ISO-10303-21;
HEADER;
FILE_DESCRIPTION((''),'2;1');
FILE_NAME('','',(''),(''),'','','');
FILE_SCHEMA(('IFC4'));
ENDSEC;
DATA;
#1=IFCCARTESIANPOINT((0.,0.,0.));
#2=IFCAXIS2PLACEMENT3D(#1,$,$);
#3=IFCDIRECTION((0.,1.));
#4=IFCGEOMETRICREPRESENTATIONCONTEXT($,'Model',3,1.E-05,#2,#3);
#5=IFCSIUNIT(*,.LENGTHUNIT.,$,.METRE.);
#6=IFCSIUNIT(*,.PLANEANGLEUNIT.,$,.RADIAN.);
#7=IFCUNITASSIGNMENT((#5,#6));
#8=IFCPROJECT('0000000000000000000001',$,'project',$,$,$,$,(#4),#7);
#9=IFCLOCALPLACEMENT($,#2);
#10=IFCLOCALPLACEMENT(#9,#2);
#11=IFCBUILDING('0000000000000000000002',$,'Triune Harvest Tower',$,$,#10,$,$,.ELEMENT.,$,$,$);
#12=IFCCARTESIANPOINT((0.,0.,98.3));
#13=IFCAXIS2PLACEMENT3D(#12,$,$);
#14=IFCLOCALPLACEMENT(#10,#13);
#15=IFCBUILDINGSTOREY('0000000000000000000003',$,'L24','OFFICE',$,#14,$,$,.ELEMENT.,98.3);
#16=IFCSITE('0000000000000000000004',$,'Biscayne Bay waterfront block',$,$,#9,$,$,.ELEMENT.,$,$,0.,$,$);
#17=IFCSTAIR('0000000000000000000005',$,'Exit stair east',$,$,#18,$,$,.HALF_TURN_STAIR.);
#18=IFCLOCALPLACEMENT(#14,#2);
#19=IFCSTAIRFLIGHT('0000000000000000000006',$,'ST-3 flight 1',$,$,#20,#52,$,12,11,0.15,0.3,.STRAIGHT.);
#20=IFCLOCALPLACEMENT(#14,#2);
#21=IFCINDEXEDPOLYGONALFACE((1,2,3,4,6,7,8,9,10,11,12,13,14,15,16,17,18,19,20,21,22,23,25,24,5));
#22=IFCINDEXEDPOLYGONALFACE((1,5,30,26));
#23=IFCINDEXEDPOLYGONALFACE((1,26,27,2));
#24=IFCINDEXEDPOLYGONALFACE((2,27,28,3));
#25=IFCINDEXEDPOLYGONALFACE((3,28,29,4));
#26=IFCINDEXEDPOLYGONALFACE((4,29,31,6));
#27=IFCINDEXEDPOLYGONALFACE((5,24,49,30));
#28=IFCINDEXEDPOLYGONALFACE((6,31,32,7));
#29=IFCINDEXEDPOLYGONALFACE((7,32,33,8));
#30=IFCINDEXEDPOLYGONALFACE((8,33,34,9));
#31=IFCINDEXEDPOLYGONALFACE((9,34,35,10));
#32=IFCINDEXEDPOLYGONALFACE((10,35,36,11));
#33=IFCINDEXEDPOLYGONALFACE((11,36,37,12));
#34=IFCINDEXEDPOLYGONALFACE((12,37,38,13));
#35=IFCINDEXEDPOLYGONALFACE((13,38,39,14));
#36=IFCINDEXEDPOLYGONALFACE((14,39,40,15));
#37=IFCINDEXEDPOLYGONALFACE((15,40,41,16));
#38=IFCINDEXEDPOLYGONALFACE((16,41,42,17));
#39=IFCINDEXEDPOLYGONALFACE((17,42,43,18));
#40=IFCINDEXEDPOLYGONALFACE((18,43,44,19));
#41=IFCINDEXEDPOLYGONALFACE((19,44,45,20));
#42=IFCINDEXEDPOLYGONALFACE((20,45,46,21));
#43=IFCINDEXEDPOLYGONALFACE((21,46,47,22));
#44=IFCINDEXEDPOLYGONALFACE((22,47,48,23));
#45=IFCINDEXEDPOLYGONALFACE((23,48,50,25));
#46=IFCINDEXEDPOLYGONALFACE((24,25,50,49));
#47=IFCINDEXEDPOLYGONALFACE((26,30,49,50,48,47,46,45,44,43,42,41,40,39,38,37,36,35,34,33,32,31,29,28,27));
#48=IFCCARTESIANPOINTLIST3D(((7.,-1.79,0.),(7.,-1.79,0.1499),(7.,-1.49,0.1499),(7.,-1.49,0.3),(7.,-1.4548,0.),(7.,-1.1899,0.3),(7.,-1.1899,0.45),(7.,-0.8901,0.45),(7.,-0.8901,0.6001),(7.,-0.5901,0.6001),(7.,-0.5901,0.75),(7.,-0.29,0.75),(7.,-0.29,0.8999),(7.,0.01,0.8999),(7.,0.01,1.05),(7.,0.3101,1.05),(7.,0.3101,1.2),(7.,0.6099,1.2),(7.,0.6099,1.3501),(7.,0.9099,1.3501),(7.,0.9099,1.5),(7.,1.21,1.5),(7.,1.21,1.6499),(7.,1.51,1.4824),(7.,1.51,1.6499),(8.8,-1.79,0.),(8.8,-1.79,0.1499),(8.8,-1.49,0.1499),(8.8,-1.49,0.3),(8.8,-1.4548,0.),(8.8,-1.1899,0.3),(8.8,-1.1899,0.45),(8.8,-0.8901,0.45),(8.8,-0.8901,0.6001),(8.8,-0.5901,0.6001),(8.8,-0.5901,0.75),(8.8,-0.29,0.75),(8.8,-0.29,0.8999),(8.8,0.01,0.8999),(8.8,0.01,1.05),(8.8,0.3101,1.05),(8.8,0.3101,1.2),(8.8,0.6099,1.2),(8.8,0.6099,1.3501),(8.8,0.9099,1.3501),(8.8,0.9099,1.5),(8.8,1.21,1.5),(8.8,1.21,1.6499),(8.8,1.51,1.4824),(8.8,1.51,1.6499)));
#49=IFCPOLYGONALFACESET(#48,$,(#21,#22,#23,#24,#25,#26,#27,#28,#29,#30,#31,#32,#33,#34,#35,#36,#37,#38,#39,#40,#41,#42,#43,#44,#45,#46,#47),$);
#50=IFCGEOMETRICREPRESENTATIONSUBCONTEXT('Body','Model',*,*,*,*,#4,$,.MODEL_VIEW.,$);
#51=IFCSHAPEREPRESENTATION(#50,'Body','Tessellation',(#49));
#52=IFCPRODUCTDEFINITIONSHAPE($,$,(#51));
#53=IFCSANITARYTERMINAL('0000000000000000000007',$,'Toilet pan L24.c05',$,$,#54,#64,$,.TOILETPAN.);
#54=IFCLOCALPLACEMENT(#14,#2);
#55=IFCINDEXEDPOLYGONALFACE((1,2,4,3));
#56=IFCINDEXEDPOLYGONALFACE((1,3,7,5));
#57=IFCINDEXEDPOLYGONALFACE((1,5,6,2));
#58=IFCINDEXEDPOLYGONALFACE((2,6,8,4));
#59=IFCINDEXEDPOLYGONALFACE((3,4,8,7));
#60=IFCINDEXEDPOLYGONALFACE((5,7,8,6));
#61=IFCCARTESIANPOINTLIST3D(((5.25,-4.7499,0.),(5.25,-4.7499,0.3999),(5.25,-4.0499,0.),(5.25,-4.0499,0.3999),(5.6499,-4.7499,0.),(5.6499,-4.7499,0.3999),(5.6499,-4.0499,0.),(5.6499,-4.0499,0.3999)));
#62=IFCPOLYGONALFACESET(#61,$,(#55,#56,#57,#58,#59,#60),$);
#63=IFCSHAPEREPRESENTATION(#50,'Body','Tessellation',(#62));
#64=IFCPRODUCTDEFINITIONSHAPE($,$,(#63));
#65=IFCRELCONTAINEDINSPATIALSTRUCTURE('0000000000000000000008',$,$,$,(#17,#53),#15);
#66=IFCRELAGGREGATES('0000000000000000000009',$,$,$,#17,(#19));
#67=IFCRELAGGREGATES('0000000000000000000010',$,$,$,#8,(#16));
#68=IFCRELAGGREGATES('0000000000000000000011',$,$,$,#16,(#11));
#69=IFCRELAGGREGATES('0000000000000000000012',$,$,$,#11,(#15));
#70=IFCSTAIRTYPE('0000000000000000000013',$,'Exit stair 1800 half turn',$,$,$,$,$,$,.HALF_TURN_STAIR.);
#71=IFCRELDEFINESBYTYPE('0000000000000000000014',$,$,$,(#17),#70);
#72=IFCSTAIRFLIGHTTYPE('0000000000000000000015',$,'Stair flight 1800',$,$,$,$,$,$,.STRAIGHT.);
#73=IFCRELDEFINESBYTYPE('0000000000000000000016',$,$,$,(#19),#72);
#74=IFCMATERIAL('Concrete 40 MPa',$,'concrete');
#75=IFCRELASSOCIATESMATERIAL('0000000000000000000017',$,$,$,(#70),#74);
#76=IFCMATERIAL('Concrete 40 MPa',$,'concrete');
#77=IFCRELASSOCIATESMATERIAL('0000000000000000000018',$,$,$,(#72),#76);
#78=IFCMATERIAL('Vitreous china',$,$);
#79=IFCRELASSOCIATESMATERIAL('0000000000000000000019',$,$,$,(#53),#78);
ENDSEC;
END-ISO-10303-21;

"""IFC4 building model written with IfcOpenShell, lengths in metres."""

from ifc_helpers import new_model, si_unit, direction, frame, origin, origin_2d, place, context, subcontext, project, spatial, polyline, rectangle, outline, extrude, source, transform, mapped, material, type_object, element, aggregate, save


model = new_model("IFC4")

# Units and contexts
model_context = context("Model", 3, precision=1e-05, world=origin(), true_north=direction((0.0, 1.0)))
body_context = subcontext(model_context, "Body", "Model", "MODEL_VIEW")
ifc_project = project(units=[si_unit("LENGTHUNIT", "METRE"), si_unit("PLANEANGLEUNIT", "RADIAN")], contexts=[model_context])

# Site, building, storey
site_placement = place(None, origin())
site = spatial("IfcSite", under=ifc_project, at=site_placement, Name="Biscayne Bay waterfront block", CompositionType="ELEMENT", RefElevation=0.0)
building_placement = place(site_placement, origin())
building = spatial("IfcBuilding", under=site, at=building_placement, Name="Triune Harvest Tower", CompositionType="ELEMENT")
storey_placement = place(building_placement, frame((0.0, 0.0, 98.3)))
storey = spatial("IfcBuildingStorey", under=building, at=storey_placement, Name="L24", Description="OFFICE", CompositionType="ELEMENT", Elevation=98.3)

# Stair, stair flight
ifc_material_1 = material(Name="Concrete 40 MPa", Category="concrete")
stair_type = type_object("IfcStairType", Name="Exit stair 1800 half turn", PredefinedType="HALF_TURN_STAIR", material=ifc_material_1)
ifc_material_2 = material(Name="Concrete 40 MPa", Category="concrete")
stair_flight_type = type_object("IfcStairFlightType", Name="Stair flight 1800", PredefinedType="STRAIGHT", material=ifc_material_2)
shared_shape_1 = source(origin(), body_context, "Body", "SweptSolid", [
    extrude(outline(polyline([(0.0, 0.0), (0.0, 0.1499), (0.3, 0.1499), (0.3, 0.3), (0.6001, 0.3), (0.6001, 0.45), (0.8999, 0.45), (0.8999, 0.6001), (1.2, 0.6001), (1.2, 0.75), (1.5, 0.75), (1.5, 0.8999), (1.8, 0.8999), (1.8, 1.05), (2.1001, 1.05), (2.1001, 1.2), (2.3999, 1.2), (2.3999, 1.3501), (2.7, 1.3501), (2.7, 1.5), (3.0, 1.5), (3.0, 1.6499), (3.3, 1.6499), (3.3, 1.8), (3.3, 1.4824), (0.3352, 0.0), (0.0, 0.0)])), frame((0.0, 0.8999, 0.0), z_axis=(0.0, -1.0, 0.0), x_axis=(1.0, 0.0, 0.0)), (0.0, 0.0, 1.0), 1.8),
])
stair_1_placement = place(storey_placement, origin())
stair_1 = element("IfcStair", 1, at=stair_1_placement, inside=storey, type_object=stair_type, Name="Exit stair east", PredefinedType="HALF_TURN_STAIR")
stair_flight_1_placement = place(storey_placement, frame((7.8999, -1.79, 0.0), z_axis=(0.0, 0.0, 1.0), x_axis=(0.0, 1.0, 0.0)))
stair_flight_1 = element("IfcStairFlight", 2, at=stair_flight_1_placement, type_object=stair_flight_type, Name="ST-3 flight 1", NumberOfRisers=12, NumberOfTreads=11, PredefinedType="STRAIGHT", RiserHeight=0.15, TreadLength=0.3, context=body_context, shape_type="MappedRepresentation", body=[
    mapped(shared_shape_1, transform((0.0, 0.0, 0.0), scale=1.0)),
])
aggregate(stair_1, [stair_flight_1])

# Sanitary terminal
ifc_material_3 = material(Name="Vitreous china")
shared_shape_2 = source(origin(), body_context, "Body", "SweptSolid", [
    extrude(rectangle(XDim=0.3999, YDim=0.7, at=origin_2d()), origin(), (0.0, 0.0, 1.0), 0.3999),
])
sanitary_terminal_placement = place(storey_placement, frame((5.45, -4.3999, 0.0), z_axis=(0.0, 0.0, 1.0), x_axis=(1.0, 0.0, 0.0)))
element("IfcSanitaryTerminal", 3, at=sanitary_terminal_placement, inside=storey, material=ifc_material_3, Name="Toilet pan L24.c05", PredefinedType="TOILETPAN", context=body_context, shape_type="MappedRepresentation", body=[
    mapped(shared_shape_2, transform((0.0, 0.0, 0.0), scale=1.0)),
])

save(model, "model.ifc")
